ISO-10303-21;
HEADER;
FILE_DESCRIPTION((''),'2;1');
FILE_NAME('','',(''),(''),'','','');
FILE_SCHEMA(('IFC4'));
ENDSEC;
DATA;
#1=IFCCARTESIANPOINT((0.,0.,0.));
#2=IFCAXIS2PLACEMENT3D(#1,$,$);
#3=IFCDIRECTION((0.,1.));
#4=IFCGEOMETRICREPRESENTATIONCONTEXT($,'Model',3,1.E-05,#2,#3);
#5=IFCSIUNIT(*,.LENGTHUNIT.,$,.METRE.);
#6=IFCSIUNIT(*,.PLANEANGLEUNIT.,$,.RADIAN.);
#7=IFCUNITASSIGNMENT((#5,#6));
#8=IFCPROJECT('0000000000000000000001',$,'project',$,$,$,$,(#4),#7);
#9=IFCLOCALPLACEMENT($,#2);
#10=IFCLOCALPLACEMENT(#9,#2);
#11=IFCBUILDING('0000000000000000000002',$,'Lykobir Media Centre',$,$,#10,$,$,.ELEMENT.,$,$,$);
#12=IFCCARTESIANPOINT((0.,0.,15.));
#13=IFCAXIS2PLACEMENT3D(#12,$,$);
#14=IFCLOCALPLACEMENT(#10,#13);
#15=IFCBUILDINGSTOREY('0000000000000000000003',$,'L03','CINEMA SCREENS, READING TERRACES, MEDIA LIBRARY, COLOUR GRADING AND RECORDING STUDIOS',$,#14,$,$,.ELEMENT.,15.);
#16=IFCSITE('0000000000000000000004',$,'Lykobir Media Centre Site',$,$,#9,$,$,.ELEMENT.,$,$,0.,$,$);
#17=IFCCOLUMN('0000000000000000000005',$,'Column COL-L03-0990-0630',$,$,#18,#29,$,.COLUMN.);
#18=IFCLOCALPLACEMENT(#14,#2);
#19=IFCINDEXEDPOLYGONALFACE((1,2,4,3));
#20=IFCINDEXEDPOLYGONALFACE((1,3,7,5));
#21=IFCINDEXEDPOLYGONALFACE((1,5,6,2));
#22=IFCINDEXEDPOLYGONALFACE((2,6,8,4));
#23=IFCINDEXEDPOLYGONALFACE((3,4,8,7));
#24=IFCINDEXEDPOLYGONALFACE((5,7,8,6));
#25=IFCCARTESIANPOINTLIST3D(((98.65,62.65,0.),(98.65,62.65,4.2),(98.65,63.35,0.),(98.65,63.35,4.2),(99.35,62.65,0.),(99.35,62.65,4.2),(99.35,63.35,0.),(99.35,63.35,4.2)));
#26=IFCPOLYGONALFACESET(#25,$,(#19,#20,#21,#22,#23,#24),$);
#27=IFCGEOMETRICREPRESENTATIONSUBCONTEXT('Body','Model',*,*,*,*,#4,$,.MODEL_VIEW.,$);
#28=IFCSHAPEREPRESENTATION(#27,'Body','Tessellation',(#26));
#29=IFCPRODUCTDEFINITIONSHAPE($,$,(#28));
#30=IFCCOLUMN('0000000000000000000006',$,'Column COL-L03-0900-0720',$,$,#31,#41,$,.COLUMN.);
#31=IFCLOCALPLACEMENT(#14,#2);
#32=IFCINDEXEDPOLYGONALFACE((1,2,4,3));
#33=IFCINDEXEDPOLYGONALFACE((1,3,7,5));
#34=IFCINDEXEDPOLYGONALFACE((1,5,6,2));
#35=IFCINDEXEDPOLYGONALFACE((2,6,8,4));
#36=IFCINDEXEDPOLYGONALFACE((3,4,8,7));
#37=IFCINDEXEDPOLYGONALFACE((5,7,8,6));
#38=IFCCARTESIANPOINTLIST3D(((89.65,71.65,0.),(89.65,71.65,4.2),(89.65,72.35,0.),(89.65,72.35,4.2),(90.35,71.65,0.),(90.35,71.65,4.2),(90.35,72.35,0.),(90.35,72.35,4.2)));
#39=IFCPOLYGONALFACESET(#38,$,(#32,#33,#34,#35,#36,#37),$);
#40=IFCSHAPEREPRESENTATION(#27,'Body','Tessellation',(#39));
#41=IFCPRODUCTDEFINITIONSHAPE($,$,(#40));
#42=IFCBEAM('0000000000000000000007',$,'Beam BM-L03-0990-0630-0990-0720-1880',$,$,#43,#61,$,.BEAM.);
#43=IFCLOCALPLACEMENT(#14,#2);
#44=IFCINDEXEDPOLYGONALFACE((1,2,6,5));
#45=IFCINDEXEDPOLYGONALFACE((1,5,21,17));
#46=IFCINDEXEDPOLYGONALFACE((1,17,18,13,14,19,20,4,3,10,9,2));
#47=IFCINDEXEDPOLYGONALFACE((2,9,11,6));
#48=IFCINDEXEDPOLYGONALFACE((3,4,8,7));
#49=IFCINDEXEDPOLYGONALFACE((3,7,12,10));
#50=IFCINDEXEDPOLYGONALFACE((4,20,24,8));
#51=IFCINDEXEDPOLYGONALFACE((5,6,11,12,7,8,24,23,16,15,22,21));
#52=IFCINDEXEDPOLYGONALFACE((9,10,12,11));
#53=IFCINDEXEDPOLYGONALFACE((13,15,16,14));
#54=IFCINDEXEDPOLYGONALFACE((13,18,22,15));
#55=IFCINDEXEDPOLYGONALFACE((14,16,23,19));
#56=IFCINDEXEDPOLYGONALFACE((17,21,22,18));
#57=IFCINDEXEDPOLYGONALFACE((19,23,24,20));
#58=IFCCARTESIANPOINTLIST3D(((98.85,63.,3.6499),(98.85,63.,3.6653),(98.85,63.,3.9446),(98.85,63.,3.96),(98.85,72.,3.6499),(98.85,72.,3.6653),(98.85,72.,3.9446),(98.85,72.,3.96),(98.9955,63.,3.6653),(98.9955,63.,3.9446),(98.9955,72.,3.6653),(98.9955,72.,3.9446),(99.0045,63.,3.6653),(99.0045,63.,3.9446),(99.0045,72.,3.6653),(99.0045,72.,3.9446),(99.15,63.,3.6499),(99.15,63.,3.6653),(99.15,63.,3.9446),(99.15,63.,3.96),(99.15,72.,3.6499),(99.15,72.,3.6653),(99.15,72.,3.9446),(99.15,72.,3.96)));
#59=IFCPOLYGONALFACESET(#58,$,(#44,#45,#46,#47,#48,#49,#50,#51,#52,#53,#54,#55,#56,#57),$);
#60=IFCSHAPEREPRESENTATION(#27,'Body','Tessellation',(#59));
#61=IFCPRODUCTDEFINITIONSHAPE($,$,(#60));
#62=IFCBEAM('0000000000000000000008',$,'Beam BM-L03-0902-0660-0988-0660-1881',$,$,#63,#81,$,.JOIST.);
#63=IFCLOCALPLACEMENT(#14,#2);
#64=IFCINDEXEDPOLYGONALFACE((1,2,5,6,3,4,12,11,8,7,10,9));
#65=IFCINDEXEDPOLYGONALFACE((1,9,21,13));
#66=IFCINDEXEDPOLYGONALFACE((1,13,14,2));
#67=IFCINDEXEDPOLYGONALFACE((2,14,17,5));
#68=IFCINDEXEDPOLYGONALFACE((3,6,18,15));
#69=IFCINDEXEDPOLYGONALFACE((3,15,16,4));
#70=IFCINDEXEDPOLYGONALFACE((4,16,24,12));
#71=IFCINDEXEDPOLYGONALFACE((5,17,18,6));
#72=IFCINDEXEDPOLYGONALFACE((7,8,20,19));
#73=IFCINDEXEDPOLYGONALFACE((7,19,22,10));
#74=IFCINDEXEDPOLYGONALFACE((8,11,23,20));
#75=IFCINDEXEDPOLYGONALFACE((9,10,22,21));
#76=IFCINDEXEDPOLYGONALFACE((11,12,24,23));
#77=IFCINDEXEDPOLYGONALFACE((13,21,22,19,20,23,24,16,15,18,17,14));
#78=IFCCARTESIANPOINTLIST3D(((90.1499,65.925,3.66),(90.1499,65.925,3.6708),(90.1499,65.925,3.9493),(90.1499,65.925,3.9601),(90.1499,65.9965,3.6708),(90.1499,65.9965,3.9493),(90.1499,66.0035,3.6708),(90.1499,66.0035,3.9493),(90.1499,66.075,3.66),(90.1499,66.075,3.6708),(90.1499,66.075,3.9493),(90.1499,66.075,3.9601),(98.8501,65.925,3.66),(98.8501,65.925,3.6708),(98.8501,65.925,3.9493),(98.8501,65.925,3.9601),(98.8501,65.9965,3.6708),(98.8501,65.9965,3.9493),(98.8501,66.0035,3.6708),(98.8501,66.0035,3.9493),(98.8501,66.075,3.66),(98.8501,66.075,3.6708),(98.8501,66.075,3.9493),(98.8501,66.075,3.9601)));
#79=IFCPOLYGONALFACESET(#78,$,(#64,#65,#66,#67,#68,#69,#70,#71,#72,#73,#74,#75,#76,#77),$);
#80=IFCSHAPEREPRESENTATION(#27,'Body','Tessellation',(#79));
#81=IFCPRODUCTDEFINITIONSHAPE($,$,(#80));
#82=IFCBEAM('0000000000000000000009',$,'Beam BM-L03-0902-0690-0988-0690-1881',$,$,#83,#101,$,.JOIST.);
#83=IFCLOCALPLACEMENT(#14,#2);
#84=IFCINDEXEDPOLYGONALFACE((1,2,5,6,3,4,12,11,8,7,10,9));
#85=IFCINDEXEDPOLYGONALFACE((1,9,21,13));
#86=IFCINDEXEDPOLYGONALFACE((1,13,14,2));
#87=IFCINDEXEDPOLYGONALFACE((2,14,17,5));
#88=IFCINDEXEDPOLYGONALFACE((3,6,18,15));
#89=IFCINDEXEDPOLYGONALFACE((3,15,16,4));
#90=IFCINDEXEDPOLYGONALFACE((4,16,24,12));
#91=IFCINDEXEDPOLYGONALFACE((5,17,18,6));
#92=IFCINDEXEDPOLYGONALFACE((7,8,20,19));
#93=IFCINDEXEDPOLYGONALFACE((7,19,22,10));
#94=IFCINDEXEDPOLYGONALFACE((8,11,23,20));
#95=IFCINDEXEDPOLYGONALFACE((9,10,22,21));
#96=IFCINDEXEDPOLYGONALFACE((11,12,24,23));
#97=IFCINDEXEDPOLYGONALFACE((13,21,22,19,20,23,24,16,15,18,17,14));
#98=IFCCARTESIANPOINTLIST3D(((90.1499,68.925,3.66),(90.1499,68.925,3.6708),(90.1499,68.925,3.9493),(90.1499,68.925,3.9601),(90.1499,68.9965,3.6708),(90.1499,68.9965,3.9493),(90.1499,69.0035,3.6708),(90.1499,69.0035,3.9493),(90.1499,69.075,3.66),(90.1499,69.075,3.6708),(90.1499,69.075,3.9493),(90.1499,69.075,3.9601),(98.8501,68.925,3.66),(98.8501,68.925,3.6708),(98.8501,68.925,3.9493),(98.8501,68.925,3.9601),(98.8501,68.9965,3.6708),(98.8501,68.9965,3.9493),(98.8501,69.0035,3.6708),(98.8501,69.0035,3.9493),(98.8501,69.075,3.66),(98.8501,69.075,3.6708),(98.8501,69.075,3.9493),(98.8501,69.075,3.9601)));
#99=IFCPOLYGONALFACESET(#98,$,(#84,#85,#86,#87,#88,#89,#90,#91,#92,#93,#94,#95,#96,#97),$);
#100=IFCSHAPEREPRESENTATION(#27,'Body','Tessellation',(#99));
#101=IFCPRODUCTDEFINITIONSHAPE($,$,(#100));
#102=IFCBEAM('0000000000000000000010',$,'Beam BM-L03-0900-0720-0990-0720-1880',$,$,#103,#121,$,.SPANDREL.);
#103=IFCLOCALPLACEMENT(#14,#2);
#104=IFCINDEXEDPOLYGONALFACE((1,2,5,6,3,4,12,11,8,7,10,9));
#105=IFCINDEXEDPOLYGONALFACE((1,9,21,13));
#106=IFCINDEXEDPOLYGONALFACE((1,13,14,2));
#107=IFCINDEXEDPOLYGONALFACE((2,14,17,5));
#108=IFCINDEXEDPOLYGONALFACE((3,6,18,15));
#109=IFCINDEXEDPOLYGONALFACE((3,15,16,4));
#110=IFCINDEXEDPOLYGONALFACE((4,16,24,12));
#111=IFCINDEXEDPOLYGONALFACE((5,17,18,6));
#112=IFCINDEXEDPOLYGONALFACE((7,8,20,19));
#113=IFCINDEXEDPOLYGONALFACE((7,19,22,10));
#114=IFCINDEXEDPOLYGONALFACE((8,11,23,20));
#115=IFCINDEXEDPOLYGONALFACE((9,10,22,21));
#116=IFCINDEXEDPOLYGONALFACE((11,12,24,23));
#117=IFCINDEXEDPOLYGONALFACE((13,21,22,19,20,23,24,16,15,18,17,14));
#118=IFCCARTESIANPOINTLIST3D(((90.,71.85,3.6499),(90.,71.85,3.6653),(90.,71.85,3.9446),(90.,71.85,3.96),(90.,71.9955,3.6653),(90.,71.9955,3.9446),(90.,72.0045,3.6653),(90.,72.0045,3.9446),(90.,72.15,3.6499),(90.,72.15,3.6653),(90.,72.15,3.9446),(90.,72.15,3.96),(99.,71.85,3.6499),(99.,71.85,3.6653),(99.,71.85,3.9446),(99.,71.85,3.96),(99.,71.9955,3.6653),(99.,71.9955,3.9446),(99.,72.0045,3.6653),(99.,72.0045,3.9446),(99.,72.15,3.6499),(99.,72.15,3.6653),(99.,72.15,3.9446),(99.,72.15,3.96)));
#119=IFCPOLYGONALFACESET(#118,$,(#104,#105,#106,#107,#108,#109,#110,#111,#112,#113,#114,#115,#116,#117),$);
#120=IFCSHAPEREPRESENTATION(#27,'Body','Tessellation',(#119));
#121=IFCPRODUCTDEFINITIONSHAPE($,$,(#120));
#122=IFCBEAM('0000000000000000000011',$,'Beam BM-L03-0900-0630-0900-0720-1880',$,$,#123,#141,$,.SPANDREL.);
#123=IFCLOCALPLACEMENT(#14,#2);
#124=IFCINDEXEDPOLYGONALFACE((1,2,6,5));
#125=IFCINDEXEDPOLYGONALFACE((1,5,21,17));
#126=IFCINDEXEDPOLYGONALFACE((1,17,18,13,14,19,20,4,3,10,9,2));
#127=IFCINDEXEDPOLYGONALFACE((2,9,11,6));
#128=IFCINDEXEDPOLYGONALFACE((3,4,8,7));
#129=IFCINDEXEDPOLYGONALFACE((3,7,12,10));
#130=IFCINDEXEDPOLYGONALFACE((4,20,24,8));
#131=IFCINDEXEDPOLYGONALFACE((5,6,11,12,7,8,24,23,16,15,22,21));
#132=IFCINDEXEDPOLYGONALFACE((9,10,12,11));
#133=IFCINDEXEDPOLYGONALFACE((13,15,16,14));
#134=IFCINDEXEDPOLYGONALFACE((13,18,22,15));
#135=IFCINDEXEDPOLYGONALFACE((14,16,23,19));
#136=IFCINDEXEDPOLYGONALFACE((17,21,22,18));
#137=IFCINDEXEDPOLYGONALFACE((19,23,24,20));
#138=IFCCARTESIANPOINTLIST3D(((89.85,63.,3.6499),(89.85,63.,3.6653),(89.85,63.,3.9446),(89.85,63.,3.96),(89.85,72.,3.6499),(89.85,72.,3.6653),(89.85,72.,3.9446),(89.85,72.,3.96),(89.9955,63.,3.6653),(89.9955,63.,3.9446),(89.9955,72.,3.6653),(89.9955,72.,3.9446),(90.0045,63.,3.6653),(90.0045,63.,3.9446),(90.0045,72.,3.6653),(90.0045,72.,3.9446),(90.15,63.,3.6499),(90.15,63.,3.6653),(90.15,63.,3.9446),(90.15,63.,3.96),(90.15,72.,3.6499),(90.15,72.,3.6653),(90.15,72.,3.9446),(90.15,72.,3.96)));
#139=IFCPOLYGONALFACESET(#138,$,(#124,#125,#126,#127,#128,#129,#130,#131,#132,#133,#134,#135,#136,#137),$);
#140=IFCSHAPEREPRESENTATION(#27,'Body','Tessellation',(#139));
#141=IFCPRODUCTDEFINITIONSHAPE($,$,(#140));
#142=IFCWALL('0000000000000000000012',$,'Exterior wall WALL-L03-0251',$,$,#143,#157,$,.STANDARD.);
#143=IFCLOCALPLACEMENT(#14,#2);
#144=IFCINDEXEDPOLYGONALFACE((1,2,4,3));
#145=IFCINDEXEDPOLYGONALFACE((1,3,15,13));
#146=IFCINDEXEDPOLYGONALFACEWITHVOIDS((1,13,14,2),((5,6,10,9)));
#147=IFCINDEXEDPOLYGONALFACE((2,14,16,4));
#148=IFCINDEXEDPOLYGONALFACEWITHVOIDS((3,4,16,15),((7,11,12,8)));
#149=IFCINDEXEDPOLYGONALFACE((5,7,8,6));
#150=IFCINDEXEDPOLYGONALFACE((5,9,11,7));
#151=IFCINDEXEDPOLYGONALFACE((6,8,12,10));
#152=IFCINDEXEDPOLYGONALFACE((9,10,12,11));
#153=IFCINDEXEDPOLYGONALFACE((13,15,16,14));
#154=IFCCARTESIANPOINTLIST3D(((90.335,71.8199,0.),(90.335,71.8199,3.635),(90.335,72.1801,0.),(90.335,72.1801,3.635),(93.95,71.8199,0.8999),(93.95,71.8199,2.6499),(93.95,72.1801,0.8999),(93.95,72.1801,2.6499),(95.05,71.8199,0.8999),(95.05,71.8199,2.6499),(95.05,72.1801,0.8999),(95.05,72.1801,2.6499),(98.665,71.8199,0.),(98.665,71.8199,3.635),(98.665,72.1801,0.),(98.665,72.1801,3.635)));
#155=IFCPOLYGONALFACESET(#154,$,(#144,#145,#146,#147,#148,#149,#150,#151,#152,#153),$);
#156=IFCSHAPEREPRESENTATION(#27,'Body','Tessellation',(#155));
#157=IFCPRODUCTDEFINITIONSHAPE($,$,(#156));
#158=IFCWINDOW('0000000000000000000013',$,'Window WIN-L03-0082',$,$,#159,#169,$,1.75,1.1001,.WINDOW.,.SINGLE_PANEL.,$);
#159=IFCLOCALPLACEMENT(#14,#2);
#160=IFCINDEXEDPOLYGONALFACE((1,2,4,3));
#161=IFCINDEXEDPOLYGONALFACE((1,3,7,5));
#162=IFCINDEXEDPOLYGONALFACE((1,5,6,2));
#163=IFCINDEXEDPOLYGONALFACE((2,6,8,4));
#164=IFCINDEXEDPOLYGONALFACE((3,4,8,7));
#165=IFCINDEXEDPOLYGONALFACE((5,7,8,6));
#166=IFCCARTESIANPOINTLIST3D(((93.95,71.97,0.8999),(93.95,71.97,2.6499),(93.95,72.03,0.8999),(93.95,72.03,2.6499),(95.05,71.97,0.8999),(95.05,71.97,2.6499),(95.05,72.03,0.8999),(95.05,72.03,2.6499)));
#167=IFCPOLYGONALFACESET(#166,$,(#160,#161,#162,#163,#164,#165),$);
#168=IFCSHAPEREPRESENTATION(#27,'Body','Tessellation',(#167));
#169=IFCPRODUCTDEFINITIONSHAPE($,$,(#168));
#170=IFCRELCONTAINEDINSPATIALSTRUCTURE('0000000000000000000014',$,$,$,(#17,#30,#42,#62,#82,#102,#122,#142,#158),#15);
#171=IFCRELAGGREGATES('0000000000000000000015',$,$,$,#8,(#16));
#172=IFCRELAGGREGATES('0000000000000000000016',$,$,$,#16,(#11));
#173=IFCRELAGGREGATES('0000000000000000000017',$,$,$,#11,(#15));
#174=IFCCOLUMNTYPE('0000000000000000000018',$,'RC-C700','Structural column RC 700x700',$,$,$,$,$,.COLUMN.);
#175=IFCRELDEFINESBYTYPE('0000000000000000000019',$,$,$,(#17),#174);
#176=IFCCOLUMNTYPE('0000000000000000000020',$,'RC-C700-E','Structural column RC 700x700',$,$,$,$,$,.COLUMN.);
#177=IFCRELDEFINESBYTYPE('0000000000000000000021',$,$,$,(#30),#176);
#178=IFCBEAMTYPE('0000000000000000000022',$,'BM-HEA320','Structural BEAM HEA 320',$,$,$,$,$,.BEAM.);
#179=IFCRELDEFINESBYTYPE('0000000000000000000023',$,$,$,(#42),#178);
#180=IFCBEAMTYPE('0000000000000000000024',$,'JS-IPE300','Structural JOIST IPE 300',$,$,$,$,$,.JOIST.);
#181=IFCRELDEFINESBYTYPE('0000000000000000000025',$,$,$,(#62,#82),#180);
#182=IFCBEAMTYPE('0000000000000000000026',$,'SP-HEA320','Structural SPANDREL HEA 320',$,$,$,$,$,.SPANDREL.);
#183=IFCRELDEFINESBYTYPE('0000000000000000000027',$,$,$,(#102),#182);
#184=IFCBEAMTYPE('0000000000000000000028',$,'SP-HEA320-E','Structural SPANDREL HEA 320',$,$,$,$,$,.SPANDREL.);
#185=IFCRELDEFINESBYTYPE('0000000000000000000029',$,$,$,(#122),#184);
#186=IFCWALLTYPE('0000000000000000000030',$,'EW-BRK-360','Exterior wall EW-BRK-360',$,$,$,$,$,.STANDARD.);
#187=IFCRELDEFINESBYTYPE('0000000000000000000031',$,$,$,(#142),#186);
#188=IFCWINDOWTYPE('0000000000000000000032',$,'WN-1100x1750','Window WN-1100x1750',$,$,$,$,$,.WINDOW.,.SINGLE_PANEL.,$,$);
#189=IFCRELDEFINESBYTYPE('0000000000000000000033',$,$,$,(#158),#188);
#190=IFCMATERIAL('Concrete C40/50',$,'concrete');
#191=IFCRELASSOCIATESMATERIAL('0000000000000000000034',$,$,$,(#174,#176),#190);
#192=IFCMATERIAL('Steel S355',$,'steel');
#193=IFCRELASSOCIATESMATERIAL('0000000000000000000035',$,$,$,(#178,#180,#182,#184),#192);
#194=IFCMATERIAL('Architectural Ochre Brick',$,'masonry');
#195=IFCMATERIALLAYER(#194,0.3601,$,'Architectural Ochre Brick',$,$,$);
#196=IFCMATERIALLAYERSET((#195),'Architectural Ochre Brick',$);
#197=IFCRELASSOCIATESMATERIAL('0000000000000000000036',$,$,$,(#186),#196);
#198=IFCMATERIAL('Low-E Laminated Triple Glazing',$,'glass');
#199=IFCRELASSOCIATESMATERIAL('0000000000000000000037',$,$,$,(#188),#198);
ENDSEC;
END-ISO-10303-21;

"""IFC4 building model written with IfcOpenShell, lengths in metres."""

from ifc_helpers import new_model, si_unit, direction, frame, frame_2d, origin, origin_2d, place, context, subcontext, project, spatial, rectangle, i_section, extrude, material, layer, layer_set, material_profile, profile_set, type_object, element, fill, save


model = new_model("IFC4")

# Units and contexts
model_context = context("Model", 3, precision=1e-05, world=origin(), true_north=direction((0.0, 1.0)))
body_context = subcontext(model_context, "Body", "Model", "MODEL_VIEW")
ifc_project = project(units=[si_unit("LENGTHUNIT", "METRE"), si_unit("PLANEANGLEUNIT", "RADIAN")], contexts=[model_context])

# Site, building, storey
site_placement = place(None, origin())
site = spatial("IfcSite", under=ifc_project, at=site_placement, Name="Lykobir Media Centre Site", CompositionType="ELEMENT", RefElevation=0.0)
building_placement = place(site_placement, origin())
building = spatial("IfcBuilding", under=site, at=building_placement, Name="Lykobir Media Centre", CompositionType="ELEMENT")
storey_placement = place(building_placement, frame((0.0, 0.0, 15.0)))
storey = spatial("IfcBuildingStorey", under=building, at=storey_placement, Name="L03", Description="CINEMA SCREENS, READING TERRACES, MEDIA LIBRARY, COLOUR GRADING AND RECORDING STUDIOS", CompositionType="ELEMENT", Elevation=15.0)

# Columns
ifc_material_1 = material(Name="Concrete C40/50", Category="concrete")
ifc_material_profile_1 = material_profile(ifc_material_1, rectangle(XDim=0.7, YDim=0.7, at=origin_2d()), Name="RC 700x700")
ifc_profile_set_1 = profile_set([ifc_material_profile_1], Name="Concrete C40/50")
column_type_1 = type_object("IfcColumnType", Name="RC-C700", Description="Structural column RC 700x700", PredefinedType="COLUMN", material=ifc_profile_set_1)
column_1_placement = place(storey_placement, frame((99.0, 63.0, 0.0), z_axis=(0.0, 0.0, 1.0), x_axis=(1.0, 0.0, 0.0)))
element("IfcColumn", 1, at=column_1_placement, inside=storey, type_object=column_type_1, Name="Column COL-L03-0990-0630", PredefinedType="COLUMN", context=body_context, shape_type="SweptSolid", body=[
    extrude(rectangle(XDim=0.7, YDim=0.7, at=origin_2d()), origin(), (0.0, 0.0, 1.0), 4.2),
])
ifc_material_profile_2 = material_profile(ifc_material_1, rectangle(XDim=0.7, YDim=0.7, at=origin_2d()), Name="RC 700x700")
ifc_profile_set_2 = profile_set([ifc_material_profile_2], Name="Concrete C40/50")
column_type_2 = type_object("IfcColumnType", Name="RC-C700-E", Description="Structural column RC 700x700", PredefinedType="COLUMN", material=ifc_profile_set_2)
column_2_placement = place(storey_placement, frame((90.0, 72.0, 0.0), z_axis=(0.0, 0.0, 1.0), x_axis=(1.0, 0.0, 0.0)))
element("IfcColumn", 2, at=column_2_placement, inside=storey, type_object=column_type_2, Name="Column COL-L03-0900-0720", PredefinedType="COLUMN", context=body_context, shape_type="SweptSolid", body=[
    extrude(rectangle(XDim=0.7, YDim=0.7, at=origin_2d()), origin(), (0.0, 0.0, 1.0), 4.2),
])

# Beams
ifc_material_2 = material(Name="Steel S355", Category="steel")
ifc_material_profile_3 = material_profile(ifc_material_2, i_section(OverallWidth=0.3, OverallDepth=0.3101, WebThickness=0.009, FlangeThickness=0.0154, at=origin_2d()), Name="HEA 320")
ifc_profile_set_3 = profile_set([ifc_material_profile_3], Name="Steel S355")
beam_type_1 = type_object("IfcBeamType", Name="BM-HEA320", Description="Structural BEAM HEA 320", PredefinedType="BEAM", material=ifc_profile_set_3)
beam_1_placement = place(storey_placement, frame((99.0, 63.0, 3.8049), z_axis=(0.0, 1.0, 0.0), x_axis=(-1.0, 0.0, 0.0)))
element("IfcBeam", 3, at=beam_1_placement, inside=storey, type_object=beam_type_1, Name="Beam BM-L03-0990-0630-0990-0720-1880", PredefinedType="BEAM", context=body_context, shape_type="SweptSolid", body=[
    extrude(i_section(OverallWidth=0.3, OverallDepth=0.3101, WebThickness=0.009, FlangeThickness=0.0154, at=origin_2d()), origin(), (0.0, 0.0, 1.0), 9.0),
])
ifc_material_profile_4 = material_profile(ifc_material_2, i_section(OverallWidth=0.1499, OverallDepth=0.3, WebThickness=0.0071, FlangeThickness=0.0107, at=origin_2d()), Name="IPE 300")
ifc_profile_set_4 = profile_set([ifc_material_profile_4], Name="Steel S355")
beam_type_2 = type_object("IfcBeamType", Name="JS-IPE300", Description="Structural JOIST IPE 300", PredefinedType="JOIST", material=ifc_profile_set_4)
for number, where, z_axis, x_axis, name in (
    (4, (90.1499, 66.0, 3.8101), (1.0, 0.0, 0.0), (0.0, 1.0, 0.0), "Beam BM-L03-0902-0660-0988-0660-1881"),
    (5, (90.1499, 69.0, 3.8101), (1.0, 0.0, 0.0), (0.0, 1.0, 0.0), "Beam BM-L03-0902-0690-0988-0690-1881"),
):
    element("IfcBeam", number, at=place(storey_placement, frame(where, z_axis=z_axis, x_axis=x_axis)), inside=storey, type_object=beam_type_2, Name=name, PredefinedType="JOIST", context=body_context, shape_type="SweptSolid", body=[
        extrude(i_section(OverallWidth=0.1499, OverallDepth=0.3, WebThickness=0.0071, FlangeThickness=0.0107, at=origin_2d()), origin(), (0.0, 0.0, 1.0), 8.7002),
    ])
ifc_material_profile_5 = material_profile(ifc_material_2, i_section(OverallWidth=0.3, OverallDepth=0.3101, WebThickness=0.009, FlangeThickness=0.0154, at=origin_2d()), Name="HEA 320")
ifc_profile_set_5 = profile_set([ifc_material_profile_5], Name="Steel S355")
beam_type_3 = type_object("IfcBeamType", Name="SP-HEA320", Description="Structural SPANDREL HEA 320", PredefinedType="SPANDREL", material=ifc_profile_set_5)
beam_2_placement = place(storey_placement, frame((90.0, 72.0, 3.8049), z_axis=(1.0, 0.0, 0.0), x_axis=(0.0, 1.0, 0.0)))
element("IfcBeam", 6, at=beam_2_placement, inside=storey, type_object=beam_type_3, Name="Beam BM-L03-0900-0720-0990-0720-1880", PredefinedType="SPANDREL", context=body_context, shape_type="SweptSolid", body=[
    extrude(i_section(OverallWidth=0.3, OverallDepth=0.3101, WebThickness=0.009, FlangeThickness=0.0154, at=origin_2d()), origin(), (0.0, 0.0, 1.0), 9.0),
])
ifc_material_profile_6 = material_profile(ifc_material_2, i_section(OverallWidth=0.3, OverallDepth=0.3101, WebThickness=0.009, FlangeThickness=0.0154, at=origin_2d()), Name="HEA 320")
ifc_profile_set_6 = profile_set([ifc_material_profile_6], Name="Steel S355")
beam_type_4 = type_object("IfcBeamType", Name="SP-HEA320-E", Description="Structural SPANDREL HEA 320", PredefinedType="SPANDREL", material=ifc_profile_set_6)
beam_3_placement = place(storey_placement, frame((90.0, 63.0, 3.8049), z_axis=(0.0, 1.0, 0.0), x_axis=(-1.0, 0.0, 0.0)))
element("IfcBeam", 7, at=beam_3_placement, inside=storey, type_object=beam_type_4, Name="Beam BM-L03-0900-0630-0900-0720-1880", PredefinedType="SPANDREL", context=body_context, shape_type="SweptSolid", body=[
    extrude(i_section(OverallWidth=0.3, OverallDepth=0.3101, WebThickness=0.009, FlangeThickness=0.0154, at=origin_2d()), origin(), (0.0, 0.0, 1.0), 9.0),
])

# Wall, opening, window
ifc_material_3 = material(Name="Architectural Ochre Brick", Category="masonry")
ifc_layer_1 = layer(ifc_material_3, 0.3601, Name="Architectural Ochre Brick")
ifc_layer_set_1 = layer_set([ifc_layer_1], Name="Architectural Ochre Brick")
wall_type = type_object("IfcWallType", Name="EW-BRK-360", Description="Exterior wall EW-BRK-360", PredefinedType="STANDARD", material=ifc_layer_set_1)
wall_1_placement = place(storey_placement, frame((98.665, 72.0, 0.0), z_axis=(0.0, 0.0, 1.0), x_axis=(-1.0, 0.0, 0.0)))
wall_1 = element("IfcWall", 8, at=wall_1_placement, inside=storey, type_object=wall_type, Name="Exterior wall WALL-L03-0251", PredefinedType="STANDARD", context=body_context, shape_type="SweptSolid", body=[
    extrude(rectangle(XDim=8.3301, YDim=0.3601, at=frame_2d((4.165, 0.0))), origin(), (0.0, 0.0, 1.0), 3.635),
])
opening_1_placement = place(wall_1_placement, frame((3.615, 0.0, 0.8999)))
opening_1 = element("IfcOpeningElement", 9, at=opening_1_placement, cuts=wall_1, PredefinedType="OPENING", context=body_context, shape_type="SweptSolid", body=[
    extrude(rectangle(XDim=1.1001, YDim=1.75, at=frame_2d((0.55, 0.875))), frame((0.0, 0.1899, 0.0), z_axis=(0.0, -1.0, 0.0), x_axis=(1.0, 0.0, 0.0)), (0.0, 0.0, 1.0), 0.3801),
])
ifc_material_4 = material(Name="Low-E Laminated Triple Glazing", Category="glass")
window_type_1 = type_object("IfcWindowType", Name="WN-1100x1750", Description="Window WN-1100x1750", PartitioningType="SINGLE_PANEL", PredefinedType="WINDOW", material=ifc_material_4)
window_1_placement = place(opening_1_placement, origin())
window_1 = element("IfcWindow", 10, at=window_1_placement, inside=storey, type_object=window_type_1, Name="Window WIN-L03-0082", OverallHeight=1.75, OverallWidth=1.1001, PartitioningType="SINGLE_PANEL", PredefinedType="WINDOW", context=body_context, shape_type="SweptSolid", body=[
    extrude(rectangle(XDim=1.1001, YDim=1.75, at=frame_2d((0.55, 0.875))), frame((0.0, 0.03, 0.0), z_axis=(0.0, -1.0, 0.0), x_axis=(1.0, 0.0, 0.0)), (0.0, 0.0, 1.0), 0.0601),
])
fill(opening_1, window_1)

save(model, "model.ifc")
